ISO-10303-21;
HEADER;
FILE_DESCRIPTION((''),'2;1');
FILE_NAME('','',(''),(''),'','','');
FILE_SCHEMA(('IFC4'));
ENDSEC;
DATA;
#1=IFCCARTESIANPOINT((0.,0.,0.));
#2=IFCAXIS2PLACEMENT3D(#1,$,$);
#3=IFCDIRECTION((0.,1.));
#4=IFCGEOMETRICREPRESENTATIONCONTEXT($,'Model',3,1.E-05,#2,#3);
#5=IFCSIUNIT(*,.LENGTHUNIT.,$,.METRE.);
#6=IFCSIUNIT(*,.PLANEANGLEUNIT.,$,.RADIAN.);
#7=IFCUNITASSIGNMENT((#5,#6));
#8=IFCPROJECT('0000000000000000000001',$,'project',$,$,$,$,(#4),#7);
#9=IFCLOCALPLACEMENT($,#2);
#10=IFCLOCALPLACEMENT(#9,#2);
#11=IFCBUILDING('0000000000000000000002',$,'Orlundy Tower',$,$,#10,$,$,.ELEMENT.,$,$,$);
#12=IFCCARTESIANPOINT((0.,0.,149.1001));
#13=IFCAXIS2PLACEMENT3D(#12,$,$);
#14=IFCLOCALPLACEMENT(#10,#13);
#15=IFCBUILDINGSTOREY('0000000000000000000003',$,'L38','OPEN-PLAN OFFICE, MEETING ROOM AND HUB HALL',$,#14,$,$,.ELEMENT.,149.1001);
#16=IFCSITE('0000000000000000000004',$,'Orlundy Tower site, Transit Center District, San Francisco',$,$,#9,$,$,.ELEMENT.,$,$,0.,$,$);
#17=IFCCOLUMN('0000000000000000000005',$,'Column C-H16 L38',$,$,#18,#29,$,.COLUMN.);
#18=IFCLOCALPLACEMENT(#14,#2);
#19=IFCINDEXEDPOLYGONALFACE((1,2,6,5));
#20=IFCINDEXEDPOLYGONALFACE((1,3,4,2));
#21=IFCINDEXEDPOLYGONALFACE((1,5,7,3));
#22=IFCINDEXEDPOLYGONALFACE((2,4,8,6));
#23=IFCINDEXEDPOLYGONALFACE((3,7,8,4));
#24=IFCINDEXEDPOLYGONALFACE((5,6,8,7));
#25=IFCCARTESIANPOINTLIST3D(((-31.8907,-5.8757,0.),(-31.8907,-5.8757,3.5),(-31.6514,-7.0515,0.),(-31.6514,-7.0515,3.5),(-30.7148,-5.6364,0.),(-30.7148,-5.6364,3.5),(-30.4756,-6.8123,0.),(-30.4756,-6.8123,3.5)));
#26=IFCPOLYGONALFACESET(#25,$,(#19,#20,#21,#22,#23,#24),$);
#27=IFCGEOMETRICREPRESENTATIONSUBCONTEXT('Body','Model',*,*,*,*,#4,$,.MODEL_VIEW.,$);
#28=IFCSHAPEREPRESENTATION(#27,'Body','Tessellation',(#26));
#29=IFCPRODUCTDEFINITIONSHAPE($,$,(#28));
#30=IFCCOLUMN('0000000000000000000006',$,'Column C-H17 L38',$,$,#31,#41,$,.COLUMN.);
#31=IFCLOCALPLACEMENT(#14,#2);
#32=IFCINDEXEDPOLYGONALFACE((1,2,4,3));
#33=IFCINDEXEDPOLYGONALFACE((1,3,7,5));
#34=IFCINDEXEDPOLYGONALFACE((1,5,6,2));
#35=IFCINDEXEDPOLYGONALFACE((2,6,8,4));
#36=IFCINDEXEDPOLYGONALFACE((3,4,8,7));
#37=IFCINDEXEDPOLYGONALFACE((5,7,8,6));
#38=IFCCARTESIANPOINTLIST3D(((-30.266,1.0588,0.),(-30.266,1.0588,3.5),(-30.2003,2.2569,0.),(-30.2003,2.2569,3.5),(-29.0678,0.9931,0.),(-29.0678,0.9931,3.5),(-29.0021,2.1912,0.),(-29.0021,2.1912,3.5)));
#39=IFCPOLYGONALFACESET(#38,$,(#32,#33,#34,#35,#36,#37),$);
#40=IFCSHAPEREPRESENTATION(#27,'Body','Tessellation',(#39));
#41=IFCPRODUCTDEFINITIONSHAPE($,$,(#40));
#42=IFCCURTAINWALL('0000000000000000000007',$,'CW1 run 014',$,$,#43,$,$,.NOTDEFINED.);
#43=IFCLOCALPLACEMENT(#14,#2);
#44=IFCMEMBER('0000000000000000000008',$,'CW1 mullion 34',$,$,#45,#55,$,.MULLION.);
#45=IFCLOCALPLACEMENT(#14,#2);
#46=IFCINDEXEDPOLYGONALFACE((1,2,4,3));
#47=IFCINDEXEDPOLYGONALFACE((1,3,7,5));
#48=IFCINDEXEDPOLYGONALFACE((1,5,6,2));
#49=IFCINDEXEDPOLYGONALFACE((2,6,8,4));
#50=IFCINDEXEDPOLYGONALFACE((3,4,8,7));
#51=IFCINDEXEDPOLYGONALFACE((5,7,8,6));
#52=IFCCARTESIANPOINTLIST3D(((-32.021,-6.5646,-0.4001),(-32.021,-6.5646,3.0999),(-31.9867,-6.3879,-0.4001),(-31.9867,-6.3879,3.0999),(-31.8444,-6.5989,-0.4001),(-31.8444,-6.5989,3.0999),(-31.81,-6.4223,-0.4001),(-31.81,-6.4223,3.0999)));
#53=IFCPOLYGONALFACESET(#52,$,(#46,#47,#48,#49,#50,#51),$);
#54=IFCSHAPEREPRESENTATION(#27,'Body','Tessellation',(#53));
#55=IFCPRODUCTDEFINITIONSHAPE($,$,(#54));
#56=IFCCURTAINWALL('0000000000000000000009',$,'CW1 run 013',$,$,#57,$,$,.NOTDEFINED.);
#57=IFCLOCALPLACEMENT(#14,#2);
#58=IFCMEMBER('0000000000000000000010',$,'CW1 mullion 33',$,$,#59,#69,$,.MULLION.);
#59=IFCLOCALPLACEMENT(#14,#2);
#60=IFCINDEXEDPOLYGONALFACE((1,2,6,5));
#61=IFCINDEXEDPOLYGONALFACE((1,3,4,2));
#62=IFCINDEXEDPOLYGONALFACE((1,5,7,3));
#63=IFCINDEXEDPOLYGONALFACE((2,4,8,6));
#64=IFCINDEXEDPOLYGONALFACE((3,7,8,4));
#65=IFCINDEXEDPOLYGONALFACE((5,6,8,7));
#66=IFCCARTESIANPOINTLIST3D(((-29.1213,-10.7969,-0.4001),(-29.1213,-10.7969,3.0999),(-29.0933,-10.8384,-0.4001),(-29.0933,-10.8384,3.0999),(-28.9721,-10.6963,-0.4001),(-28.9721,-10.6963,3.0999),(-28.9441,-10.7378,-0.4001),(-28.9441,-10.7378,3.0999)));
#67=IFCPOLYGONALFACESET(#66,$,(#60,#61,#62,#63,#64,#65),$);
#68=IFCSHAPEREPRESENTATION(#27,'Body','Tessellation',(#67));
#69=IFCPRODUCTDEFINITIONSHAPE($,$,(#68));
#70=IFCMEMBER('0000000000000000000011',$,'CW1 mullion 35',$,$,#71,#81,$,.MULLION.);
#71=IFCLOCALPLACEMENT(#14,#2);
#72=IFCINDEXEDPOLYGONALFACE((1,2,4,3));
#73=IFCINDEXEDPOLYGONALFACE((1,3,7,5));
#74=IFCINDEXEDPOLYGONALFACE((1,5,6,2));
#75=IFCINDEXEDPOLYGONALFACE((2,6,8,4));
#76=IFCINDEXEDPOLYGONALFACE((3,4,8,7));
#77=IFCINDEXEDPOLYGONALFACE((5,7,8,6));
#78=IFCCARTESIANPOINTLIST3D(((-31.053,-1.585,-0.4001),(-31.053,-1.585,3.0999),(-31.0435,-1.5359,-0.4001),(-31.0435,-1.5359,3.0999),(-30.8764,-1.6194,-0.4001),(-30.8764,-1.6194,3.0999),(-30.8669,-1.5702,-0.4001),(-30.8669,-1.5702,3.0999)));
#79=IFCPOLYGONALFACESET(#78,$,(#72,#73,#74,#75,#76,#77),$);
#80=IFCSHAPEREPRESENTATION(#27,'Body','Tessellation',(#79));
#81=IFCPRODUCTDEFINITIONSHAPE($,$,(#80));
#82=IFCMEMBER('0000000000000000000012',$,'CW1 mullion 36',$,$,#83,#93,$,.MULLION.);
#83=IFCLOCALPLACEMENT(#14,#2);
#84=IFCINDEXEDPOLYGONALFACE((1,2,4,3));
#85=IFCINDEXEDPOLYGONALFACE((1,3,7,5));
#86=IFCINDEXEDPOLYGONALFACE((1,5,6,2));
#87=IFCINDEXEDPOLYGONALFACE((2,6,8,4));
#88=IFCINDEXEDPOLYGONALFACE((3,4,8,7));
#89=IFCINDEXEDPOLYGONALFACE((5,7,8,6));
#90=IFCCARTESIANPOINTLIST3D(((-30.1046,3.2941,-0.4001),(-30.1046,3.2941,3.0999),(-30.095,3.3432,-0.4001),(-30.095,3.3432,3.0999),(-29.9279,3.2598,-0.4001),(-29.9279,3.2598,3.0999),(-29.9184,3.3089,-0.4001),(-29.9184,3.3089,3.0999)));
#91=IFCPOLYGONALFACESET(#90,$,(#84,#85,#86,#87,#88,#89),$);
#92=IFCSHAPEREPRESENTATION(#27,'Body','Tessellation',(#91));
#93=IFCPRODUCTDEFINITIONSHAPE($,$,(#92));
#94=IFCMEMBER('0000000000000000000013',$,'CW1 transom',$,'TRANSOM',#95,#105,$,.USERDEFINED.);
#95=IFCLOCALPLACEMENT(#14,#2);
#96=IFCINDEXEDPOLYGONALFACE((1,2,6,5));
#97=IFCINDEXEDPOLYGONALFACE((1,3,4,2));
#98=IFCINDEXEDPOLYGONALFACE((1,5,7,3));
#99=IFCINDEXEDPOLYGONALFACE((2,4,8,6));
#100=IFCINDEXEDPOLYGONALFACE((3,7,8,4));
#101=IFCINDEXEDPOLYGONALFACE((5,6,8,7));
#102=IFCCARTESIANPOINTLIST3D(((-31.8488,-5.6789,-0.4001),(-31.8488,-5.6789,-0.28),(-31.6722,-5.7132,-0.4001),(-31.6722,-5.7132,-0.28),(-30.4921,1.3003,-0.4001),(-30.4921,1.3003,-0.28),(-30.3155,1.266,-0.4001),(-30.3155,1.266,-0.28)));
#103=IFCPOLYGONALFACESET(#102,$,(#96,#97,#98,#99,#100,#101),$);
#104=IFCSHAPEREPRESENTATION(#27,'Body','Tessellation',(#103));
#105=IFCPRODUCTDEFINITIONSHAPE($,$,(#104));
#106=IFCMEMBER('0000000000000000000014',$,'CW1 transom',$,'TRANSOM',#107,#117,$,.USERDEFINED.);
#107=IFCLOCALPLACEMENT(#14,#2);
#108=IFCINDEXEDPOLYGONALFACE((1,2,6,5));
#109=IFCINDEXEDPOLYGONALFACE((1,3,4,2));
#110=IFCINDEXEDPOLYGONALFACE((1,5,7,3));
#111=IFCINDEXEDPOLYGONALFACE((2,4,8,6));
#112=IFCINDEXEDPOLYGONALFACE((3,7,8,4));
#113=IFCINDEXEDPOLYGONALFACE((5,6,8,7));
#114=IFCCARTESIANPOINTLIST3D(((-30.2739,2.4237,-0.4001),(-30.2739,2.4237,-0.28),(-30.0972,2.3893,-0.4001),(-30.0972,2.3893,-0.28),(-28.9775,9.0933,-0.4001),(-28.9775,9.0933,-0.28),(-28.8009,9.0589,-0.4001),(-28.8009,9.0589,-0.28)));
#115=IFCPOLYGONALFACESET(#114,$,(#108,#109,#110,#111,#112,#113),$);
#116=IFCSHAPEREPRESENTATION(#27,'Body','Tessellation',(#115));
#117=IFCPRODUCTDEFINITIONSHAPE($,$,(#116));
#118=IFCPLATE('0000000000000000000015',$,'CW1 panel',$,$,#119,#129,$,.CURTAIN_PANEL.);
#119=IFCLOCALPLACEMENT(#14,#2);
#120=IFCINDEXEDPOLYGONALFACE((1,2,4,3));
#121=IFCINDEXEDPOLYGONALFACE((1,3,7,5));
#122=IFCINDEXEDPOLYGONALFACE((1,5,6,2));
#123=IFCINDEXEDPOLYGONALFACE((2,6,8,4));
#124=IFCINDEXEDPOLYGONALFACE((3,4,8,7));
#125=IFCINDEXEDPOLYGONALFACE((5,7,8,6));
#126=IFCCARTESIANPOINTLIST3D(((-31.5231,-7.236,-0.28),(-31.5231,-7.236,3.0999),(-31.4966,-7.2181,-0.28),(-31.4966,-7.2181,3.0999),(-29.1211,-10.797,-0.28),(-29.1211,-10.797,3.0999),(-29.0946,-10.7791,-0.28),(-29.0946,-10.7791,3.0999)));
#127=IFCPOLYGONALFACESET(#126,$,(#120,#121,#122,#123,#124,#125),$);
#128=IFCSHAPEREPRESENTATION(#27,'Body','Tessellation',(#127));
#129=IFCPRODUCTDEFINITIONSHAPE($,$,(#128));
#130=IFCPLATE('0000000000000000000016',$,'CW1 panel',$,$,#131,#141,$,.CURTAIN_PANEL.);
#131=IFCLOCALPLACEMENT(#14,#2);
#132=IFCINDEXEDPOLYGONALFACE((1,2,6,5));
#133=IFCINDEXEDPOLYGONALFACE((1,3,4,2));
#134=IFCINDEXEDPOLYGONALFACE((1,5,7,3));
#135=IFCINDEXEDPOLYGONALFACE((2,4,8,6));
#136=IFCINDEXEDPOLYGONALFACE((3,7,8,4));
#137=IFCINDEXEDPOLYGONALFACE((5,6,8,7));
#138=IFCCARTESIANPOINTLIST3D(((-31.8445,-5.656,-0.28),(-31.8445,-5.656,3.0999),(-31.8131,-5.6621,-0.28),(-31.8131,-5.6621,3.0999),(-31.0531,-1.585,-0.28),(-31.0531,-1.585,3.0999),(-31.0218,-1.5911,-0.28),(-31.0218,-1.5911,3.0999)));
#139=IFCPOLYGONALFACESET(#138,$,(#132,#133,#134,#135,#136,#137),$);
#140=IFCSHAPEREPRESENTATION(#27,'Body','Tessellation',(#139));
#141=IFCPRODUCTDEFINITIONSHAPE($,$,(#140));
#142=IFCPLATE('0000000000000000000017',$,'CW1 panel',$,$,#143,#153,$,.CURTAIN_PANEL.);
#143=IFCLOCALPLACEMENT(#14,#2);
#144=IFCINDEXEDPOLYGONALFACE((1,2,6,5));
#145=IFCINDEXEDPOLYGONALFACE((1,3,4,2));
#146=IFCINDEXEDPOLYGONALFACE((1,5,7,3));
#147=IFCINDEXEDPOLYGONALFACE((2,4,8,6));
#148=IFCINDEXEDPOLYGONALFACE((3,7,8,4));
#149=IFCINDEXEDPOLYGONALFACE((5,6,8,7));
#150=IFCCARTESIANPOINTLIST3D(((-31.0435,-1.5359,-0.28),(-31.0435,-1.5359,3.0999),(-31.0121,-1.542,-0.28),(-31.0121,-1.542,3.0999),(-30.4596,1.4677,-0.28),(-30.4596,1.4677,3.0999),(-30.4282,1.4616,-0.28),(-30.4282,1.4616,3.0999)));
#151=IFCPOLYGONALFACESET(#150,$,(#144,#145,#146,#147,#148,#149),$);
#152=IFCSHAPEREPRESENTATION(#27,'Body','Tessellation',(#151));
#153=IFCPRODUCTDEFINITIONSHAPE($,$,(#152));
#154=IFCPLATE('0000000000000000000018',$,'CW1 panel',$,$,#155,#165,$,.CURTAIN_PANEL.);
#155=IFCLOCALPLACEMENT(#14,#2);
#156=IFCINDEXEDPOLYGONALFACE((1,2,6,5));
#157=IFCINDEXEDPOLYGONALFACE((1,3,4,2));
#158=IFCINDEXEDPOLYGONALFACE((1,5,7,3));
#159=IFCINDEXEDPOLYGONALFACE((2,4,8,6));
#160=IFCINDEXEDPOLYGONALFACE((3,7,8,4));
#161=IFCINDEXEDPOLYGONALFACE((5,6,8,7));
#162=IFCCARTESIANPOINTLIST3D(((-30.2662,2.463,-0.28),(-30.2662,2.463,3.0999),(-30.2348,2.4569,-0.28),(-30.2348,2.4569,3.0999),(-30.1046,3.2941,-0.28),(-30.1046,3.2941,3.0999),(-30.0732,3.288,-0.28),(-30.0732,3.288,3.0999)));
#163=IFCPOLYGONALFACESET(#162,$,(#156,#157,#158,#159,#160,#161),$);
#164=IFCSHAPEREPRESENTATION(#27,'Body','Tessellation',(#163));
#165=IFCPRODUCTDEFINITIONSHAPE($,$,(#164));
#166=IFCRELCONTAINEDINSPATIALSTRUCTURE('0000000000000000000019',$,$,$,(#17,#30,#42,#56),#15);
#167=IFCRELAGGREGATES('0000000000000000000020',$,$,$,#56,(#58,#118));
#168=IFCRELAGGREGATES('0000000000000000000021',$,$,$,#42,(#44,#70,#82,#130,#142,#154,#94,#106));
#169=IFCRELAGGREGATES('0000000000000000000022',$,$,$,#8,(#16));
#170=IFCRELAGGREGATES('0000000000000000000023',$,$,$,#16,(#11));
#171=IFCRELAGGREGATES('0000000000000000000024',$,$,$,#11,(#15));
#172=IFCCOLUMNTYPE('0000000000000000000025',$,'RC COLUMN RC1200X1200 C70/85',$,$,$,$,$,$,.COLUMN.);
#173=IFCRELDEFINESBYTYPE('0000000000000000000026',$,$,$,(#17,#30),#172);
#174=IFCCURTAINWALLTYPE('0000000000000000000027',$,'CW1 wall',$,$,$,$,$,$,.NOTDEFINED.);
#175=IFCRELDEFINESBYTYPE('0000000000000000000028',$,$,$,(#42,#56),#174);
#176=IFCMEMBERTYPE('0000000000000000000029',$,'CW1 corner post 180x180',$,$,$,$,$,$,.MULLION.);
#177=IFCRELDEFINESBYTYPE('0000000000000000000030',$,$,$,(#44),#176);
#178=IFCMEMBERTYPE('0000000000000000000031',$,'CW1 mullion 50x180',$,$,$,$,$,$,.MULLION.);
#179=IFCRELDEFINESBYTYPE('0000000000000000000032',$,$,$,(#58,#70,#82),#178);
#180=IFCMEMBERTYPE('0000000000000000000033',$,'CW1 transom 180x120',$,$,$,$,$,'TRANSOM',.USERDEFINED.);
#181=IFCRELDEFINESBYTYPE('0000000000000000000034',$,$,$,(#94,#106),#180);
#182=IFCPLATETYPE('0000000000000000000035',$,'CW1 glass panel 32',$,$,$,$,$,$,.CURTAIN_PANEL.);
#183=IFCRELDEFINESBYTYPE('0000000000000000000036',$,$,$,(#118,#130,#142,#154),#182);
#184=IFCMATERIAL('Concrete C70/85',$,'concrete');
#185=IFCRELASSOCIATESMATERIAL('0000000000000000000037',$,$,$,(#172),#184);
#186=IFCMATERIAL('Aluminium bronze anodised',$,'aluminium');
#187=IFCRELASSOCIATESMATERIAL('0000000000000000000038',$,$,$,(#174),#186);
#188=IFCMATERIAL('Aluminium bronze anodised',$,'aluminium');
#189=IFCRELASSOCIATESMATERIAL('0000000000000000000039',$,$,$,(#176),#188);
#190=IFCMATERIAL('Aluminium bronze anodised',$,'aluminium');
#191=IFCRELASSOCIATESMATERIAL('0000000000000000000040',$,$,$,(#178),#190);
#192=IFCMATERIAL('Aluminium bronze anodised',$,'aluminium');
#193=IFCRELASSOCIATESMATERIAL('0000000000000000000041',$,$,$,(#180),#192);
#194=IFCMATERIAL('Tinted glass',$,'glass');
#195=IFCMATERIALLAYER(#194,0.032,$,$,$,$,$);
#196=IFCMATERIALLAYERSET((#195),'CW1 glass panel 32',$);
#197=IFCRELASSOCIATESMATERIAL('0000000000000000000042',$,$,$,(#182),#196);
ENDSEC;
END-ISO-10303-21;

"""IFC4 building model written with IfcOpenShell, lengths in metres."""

from ifc_helpers import new_model, si_unit, direction, frame, origin, origin_2d, place, context, subcontext, project, spatial, rectangle, extrude, material, layer, layer_set, material_profile, profile_set, type_object, element, aggregate, save


model = new_model("IFC4")

# Units and contexts
model_context = context("Model", 3, precision=1e-05, world=origin(), true_north=direction((0.0, 1.0)))
body_context = subcontext(model_context, "Body", "Model", "MODEL_VIEW")
ifc_project = project(units=[si_unit("LENGTHUNIT", "METRE"), si_unit("PLANEANGLEUNIT", "RADIAN")], contexts=[model_context])

# Site, building, storey
site_placement = place(None, origin())
site = spatial("IfcSite", under=ifc_project, at=site_placement, Name="Orlundy Tower site, Transit Center District, San Francisco", CompositionType="ELEMENT", RefElevation=0.0)
building_placement = place(site_placement, origin())
building = spatial("IfcBuilding", under=site, at=building_placement, Name="Orlundy Tower", CompositionType="ELEMENT")
storey_placement = place(building_placement, frame((0.0, 0.0, 149.1001)))
storey = spatial("IfcBuildingStorey", under=building, at=storey_placement, Name="L38", Description="OPEN-PLAN OFFICE, MEETING ROOM AND HUB HALL", CompositionType="ELEMENT", Elevation=149.1001)

# Columns
ifc_material_1 = material(Name="Concrete C70/85", Category="concrete")
ifc_material_profile_1 = material_profile(ifc_material_1, rectangle(XDim=1.2, YDim=1.2, at=origin_2d()), Name="RC1200X1200")
ifc_profile_set_1 = profile_set([ifc_material_profile_1], Name="Concrete C70/85")
column_type = type_object("IfcColumnType", Name="RC COLUMN RC1200X1200 C70/85", PredefinedType="COLUMN", material=ifc_profile_set_1)
for number, where, z_axis, x_axis, name in (
    (1, (-31.1831, -6.344, 0.0), (0.0, 0.0, 1.0), (-0.979925, -0.199368, 0.0), "Column C-H16 L38"),
    (2, (-29.634, 1.625, 0.0), (0.0, 0.0, 1.0), (-0.9985, 0.054758, 0.0), "Column C-H17 L38"),
):
    element("IfcColumn", number, at=place(storey_placement, frame(where, z_axis=z_axis, x_axis=x_axis)), inside=storey, type_object=column_type, Name=name, PredefinedType="COLUMN", context=body_context, shape_type="SweptSolid", body=[
        extrude(rectangle(XDim=1.2, YDim=1.2, at=origin_2d()), origin(), (0.0, 0.0, 1.0), 3.5),
    ])

# Curtain walls, members
ifc_material_2 = material(Name="Aluminium bronze anodised", Category="aluminium")
curtain_wall_type = type_object("IfcCurtainWallType", Name="CW1 wall", PredefinedType="NOTDEFINED", material=ifc_material_2)
curtain_wall_1_placement = place(storey_placement, origin())
curtain_wall_1 = element("IfcCurtainWall", 3, at=curtain_wall_1_placement, inside=storey, type_object=curtain_wall_type, Name="CW1 run 014", PredefinedType="NOTDEFINED")
ifc_material_3 = material(Name="Aluminium bronze anodised", Category="aluminium")
ifc_material_profile_2 = material_profile(ifc_material_3, rectangle(XDim=0.1799, YDim=0.1799, at=origin_2d()), Name="CW1 corner post 180x180")
ifc_profile_set_2 = profile_set([ifc_material_profile_2], Name="Aluminium bronze anodised")
member_type_1 = type_object("IfcMemberType", Name="CW1 corner post 180x180", PredefinedType="MULLION", material=ifc_profile_set_2)
member_1_placement = place(storey_placement, frame((-31.9155, -6.4934, -0.4001), z_axis=(0.0, 0.0, 1.0), x_axis=(-0.981628, 0.190805, 0.0)))
member_1 = element("IfcMember", 4, at=member_1_placement, type_object=member_type_1, Name="CW1 mullion 34", PredefinedType="MULLION", context=body_context, shape_type="SweptSolid", body=[
    extrude(rectangle(XDim=0.1799, YDim=0.1799, at=origin_2d()), origin(), (0.0, 0.0, 1.0), 3.5),
])
curtain_wall_2_placement = place(storey_placement, origin())
curtain_wall_2 = element("IfcCurtainWall", 5, at=curtain_wall_2_placement, inside=storey, type_object=curtain_wall_type, Name="CW1 run 013", PredefinedType="NOTDEFINED")
ifc_material_4 = material(Name="Aluminium bronze anodised", Category="aluminium")
ifc_material_profile_3 = material_profile(ifc_material_4, rectangle(XDim=0.1799, YDim=0.05, at=origin_2d()), Name="CW1 mullion 50x180")
ifc_profile_set_3 = profile_set([ifc_material_profile_3], Name="Aluminium bronze anodised")
member_type_2 = type_object("IfcMemberType", Name="CW1 mullion 50x180", PredefinedType="MULLION", material=ifc_profile_set_3)
member_2_placement = place(storey_placement, frame((-29.0327, -10.7673, -0.4001), z_axis=(0.0, 0.0, 1.0), x_axis=(-0.829032, -0.559201, 0.0)))
member_2 = element("IfcMember", 6, at=member_2_placement, type_object=member_type_2, Name="CW1 mullion 33", PredefinedType="MULLION", context=body_context, shape_type="SweptSolid", body=[
    extrude(rectangle(XDim=0.1799, YDim=0.05, at=origin_2d()), origin(), (0.0, 0.0, 1.0), 3.5),
])

# Members
member_3_placement = place(storey_placement, frame((-30.96, -1.5776, -0.4001), z_axis=(0.0, 0.0, 1.0), x_axis=(-0.981628, 0.190805, 0.0)))
member_3 = element("IfcMember", 7, at=member_3_placement, type_object=member_type_2, Name="CW1 mullion 35", PredefinedType="MULLION", context=body_context, shape_type="SweptSolid", body=[
    extrude(rectangle(XDim=0.1799, YDim=0.05, at=origin_2d()), origin(), (0.0, 0.0, 1.0), 3.5),
])
member_4_placement = place(storey_placement, frame((-30.0115, 3.3015, -0.4001), z_axis=(0.0, 0.0, 1.0), x_axis=(-0.981628, 0.190805, 0.0)))
member_4 = element("IfcMember", 8, at=member_4_placement, type_object=member_type_2, Name="CW1 mullion 36", PredefinedType="MULLION", context=body_context, shape_type="SweptSolid", body=[
    extrude(rectangle(XDim=0.1799, YDim=0.05, at=origin_2d()), origin(), (0.0, 0.0, 1.0), 3.5),
])
ifc_material_5 = material(Name="Aluminium bronze anodised", Category="aluminium")
ifc_material_profile_4 = material_profile(ifc_material_5, rectangle(XDim=0.1799, YDim=0.1201, at=origin_2d()), Name="CW1 transom 180x120")
ifc_profile_set_4 = profile_set([ifc_material_profile_4], Name="Aluminium bronze anodised")
member_type_3 = type_object("IfcMemberType", Name="CW1 transom 180x120", ElementType="TRANSOM", PredefinedType="USERDEFINED", material=ifc_profile_set_4)
member_5_placement = place(storey_placement, frame((-31.7605, -5.696, -0.3401), z_axis=(0.190817, 0.981626, 0.0), x_axis=(-0.981626, 0.190817, 0.0)))
member_5 = element("IfcMember", 9, at=member_5_placement, type_object=member_type_3, Name="CW1 transom", ObjectType="TRANSOM", PredefinedType="USERDEFINED", context=body_context, shape_type="SweptSolid", body=[
    extrude(rectangle(XDim=0.1799, YDim=0.1201, at=origin_2d()), origin(), (0.0, 0.0, 1.0), 7.1099),
])
member_6_placement = place(storey_placement, frame((-30.1855, 2.4065, -0.3401), z_axis=(0.190799, 0.981629, 0.0), x_axis=(-0.981629, 0.190799, 0.0)))
member_6 = element("IfcMember", 10, at=member_6_placement, type_object=member_type_3, Name="CW1 transom", ObjectType="TRANSOM", PredefinedType="USERDEFINED", context=body_context, shape_type="SweptSolid", body=[
    extrude(rectangle(XDim=0.1799, YDim=0.1201, at=origin_2d()), origin(), (0.0, 0.0, 1.0), 6.7944),
])

# Plates
ifc_material_6 = material(Name="Tinted glass", Category="glass")
ifc_layer_1 = layer(ifc_material_6, 0.032)
ifc_layer_set_1 = layer_set([ifc_layer_1], Name="CW1 glass panel 32")
plate_type = type_object("IfcPlateType", Name="CW1 glass panel 32", PredefinedType="CURTAIN_PANEL", material=ifc_layer_set_1)
plate_1_placement = place(storey_placement, frame((-30.3088, -9.0076, -0.28), z_axis=(0.0, 0.0, 1.0), x_axis=(-0.559201, 0.829032, 0.0)))
plate_1 = element("IfcPlate", 11, at=plate_1_placement, type_object=plate_type, Name="CW1 panel", PredefinedType="CURTAIN_PANEL", context=body_context, shape_type="SweptSolid", body=[
    extrude(rectangle(XDim=4.2954, YDim=0.032, at=origin_2d()), origin(), (0.0, 0.0, 1.0), 3.3799),
])
aggregate(curtain_wall_2, [member_2, plate_1])
plate_2_placement = place(storey_placement, frame((-31.4331, -3.6235, -0.28), z_axis=(0.0, 0.0, 1.0), x_axis=(0.190805, 0.981628, 0.0)))
plate_2 = element("IfcPlate", 12, at=plate_2_placement, type_object=plate_type, Name="CW1 panel", PredefinedType="CURTAIN_PANEL", context=body_context, shape_type="SweptSolid", body=[
    extrude(rectangle(XDim=4.1472, YDim=0.032, at=origin_2d()), origin(), (0.0, 0.0, 1.0), 3.3799),
])
plate_3_placement = place(storey_placement, frame((-30.7358, -0.0371, -0.28), z_axis=(0.0, 0.0, 1.0), x_axis=(0.190805, 0.981628, 0.0)))
plate_3 = element("IfcPlate", 13, at=plate_3_placement, type_object=plate_type, Name="CW1 panel", PredefinedType="CURTAIN_PANEL", context=body_context, shape_type="SweptSolid", body=[
    extrude(rectangle(XDim=3.0598, YDim=0.032, at=origin_2d()), origin(), (0.0, 0.0, 1.0), 3.3799),
])
plate_4_placement = place(storey_placement, frame((-30.1697, 2.8755, -0.28), z_axis=(0.0, 0.0, 1.0), x_axis=(0.190805, 0.981628, 0.0)))
plate_4 = element("IfcPlate", 14, at=plate_4_placement, type_object=plate_type, Name="CW1 panel", PredefinedType="CURTAIN_PANEL", context=body_context, shape_type="SweptSolid", body=[
    extrude(rectangle(XDim=0.8467, YDim=0.032, at=origin_2d()), origin(), (0.0, 0.0, 1.0), 3.3799),
])
aggregate(curtain_wall_1, [member_1, member_3, member_4, plate_2, plate_3, plate_4, member_5, member_6])

save(model, "model.ifc")
